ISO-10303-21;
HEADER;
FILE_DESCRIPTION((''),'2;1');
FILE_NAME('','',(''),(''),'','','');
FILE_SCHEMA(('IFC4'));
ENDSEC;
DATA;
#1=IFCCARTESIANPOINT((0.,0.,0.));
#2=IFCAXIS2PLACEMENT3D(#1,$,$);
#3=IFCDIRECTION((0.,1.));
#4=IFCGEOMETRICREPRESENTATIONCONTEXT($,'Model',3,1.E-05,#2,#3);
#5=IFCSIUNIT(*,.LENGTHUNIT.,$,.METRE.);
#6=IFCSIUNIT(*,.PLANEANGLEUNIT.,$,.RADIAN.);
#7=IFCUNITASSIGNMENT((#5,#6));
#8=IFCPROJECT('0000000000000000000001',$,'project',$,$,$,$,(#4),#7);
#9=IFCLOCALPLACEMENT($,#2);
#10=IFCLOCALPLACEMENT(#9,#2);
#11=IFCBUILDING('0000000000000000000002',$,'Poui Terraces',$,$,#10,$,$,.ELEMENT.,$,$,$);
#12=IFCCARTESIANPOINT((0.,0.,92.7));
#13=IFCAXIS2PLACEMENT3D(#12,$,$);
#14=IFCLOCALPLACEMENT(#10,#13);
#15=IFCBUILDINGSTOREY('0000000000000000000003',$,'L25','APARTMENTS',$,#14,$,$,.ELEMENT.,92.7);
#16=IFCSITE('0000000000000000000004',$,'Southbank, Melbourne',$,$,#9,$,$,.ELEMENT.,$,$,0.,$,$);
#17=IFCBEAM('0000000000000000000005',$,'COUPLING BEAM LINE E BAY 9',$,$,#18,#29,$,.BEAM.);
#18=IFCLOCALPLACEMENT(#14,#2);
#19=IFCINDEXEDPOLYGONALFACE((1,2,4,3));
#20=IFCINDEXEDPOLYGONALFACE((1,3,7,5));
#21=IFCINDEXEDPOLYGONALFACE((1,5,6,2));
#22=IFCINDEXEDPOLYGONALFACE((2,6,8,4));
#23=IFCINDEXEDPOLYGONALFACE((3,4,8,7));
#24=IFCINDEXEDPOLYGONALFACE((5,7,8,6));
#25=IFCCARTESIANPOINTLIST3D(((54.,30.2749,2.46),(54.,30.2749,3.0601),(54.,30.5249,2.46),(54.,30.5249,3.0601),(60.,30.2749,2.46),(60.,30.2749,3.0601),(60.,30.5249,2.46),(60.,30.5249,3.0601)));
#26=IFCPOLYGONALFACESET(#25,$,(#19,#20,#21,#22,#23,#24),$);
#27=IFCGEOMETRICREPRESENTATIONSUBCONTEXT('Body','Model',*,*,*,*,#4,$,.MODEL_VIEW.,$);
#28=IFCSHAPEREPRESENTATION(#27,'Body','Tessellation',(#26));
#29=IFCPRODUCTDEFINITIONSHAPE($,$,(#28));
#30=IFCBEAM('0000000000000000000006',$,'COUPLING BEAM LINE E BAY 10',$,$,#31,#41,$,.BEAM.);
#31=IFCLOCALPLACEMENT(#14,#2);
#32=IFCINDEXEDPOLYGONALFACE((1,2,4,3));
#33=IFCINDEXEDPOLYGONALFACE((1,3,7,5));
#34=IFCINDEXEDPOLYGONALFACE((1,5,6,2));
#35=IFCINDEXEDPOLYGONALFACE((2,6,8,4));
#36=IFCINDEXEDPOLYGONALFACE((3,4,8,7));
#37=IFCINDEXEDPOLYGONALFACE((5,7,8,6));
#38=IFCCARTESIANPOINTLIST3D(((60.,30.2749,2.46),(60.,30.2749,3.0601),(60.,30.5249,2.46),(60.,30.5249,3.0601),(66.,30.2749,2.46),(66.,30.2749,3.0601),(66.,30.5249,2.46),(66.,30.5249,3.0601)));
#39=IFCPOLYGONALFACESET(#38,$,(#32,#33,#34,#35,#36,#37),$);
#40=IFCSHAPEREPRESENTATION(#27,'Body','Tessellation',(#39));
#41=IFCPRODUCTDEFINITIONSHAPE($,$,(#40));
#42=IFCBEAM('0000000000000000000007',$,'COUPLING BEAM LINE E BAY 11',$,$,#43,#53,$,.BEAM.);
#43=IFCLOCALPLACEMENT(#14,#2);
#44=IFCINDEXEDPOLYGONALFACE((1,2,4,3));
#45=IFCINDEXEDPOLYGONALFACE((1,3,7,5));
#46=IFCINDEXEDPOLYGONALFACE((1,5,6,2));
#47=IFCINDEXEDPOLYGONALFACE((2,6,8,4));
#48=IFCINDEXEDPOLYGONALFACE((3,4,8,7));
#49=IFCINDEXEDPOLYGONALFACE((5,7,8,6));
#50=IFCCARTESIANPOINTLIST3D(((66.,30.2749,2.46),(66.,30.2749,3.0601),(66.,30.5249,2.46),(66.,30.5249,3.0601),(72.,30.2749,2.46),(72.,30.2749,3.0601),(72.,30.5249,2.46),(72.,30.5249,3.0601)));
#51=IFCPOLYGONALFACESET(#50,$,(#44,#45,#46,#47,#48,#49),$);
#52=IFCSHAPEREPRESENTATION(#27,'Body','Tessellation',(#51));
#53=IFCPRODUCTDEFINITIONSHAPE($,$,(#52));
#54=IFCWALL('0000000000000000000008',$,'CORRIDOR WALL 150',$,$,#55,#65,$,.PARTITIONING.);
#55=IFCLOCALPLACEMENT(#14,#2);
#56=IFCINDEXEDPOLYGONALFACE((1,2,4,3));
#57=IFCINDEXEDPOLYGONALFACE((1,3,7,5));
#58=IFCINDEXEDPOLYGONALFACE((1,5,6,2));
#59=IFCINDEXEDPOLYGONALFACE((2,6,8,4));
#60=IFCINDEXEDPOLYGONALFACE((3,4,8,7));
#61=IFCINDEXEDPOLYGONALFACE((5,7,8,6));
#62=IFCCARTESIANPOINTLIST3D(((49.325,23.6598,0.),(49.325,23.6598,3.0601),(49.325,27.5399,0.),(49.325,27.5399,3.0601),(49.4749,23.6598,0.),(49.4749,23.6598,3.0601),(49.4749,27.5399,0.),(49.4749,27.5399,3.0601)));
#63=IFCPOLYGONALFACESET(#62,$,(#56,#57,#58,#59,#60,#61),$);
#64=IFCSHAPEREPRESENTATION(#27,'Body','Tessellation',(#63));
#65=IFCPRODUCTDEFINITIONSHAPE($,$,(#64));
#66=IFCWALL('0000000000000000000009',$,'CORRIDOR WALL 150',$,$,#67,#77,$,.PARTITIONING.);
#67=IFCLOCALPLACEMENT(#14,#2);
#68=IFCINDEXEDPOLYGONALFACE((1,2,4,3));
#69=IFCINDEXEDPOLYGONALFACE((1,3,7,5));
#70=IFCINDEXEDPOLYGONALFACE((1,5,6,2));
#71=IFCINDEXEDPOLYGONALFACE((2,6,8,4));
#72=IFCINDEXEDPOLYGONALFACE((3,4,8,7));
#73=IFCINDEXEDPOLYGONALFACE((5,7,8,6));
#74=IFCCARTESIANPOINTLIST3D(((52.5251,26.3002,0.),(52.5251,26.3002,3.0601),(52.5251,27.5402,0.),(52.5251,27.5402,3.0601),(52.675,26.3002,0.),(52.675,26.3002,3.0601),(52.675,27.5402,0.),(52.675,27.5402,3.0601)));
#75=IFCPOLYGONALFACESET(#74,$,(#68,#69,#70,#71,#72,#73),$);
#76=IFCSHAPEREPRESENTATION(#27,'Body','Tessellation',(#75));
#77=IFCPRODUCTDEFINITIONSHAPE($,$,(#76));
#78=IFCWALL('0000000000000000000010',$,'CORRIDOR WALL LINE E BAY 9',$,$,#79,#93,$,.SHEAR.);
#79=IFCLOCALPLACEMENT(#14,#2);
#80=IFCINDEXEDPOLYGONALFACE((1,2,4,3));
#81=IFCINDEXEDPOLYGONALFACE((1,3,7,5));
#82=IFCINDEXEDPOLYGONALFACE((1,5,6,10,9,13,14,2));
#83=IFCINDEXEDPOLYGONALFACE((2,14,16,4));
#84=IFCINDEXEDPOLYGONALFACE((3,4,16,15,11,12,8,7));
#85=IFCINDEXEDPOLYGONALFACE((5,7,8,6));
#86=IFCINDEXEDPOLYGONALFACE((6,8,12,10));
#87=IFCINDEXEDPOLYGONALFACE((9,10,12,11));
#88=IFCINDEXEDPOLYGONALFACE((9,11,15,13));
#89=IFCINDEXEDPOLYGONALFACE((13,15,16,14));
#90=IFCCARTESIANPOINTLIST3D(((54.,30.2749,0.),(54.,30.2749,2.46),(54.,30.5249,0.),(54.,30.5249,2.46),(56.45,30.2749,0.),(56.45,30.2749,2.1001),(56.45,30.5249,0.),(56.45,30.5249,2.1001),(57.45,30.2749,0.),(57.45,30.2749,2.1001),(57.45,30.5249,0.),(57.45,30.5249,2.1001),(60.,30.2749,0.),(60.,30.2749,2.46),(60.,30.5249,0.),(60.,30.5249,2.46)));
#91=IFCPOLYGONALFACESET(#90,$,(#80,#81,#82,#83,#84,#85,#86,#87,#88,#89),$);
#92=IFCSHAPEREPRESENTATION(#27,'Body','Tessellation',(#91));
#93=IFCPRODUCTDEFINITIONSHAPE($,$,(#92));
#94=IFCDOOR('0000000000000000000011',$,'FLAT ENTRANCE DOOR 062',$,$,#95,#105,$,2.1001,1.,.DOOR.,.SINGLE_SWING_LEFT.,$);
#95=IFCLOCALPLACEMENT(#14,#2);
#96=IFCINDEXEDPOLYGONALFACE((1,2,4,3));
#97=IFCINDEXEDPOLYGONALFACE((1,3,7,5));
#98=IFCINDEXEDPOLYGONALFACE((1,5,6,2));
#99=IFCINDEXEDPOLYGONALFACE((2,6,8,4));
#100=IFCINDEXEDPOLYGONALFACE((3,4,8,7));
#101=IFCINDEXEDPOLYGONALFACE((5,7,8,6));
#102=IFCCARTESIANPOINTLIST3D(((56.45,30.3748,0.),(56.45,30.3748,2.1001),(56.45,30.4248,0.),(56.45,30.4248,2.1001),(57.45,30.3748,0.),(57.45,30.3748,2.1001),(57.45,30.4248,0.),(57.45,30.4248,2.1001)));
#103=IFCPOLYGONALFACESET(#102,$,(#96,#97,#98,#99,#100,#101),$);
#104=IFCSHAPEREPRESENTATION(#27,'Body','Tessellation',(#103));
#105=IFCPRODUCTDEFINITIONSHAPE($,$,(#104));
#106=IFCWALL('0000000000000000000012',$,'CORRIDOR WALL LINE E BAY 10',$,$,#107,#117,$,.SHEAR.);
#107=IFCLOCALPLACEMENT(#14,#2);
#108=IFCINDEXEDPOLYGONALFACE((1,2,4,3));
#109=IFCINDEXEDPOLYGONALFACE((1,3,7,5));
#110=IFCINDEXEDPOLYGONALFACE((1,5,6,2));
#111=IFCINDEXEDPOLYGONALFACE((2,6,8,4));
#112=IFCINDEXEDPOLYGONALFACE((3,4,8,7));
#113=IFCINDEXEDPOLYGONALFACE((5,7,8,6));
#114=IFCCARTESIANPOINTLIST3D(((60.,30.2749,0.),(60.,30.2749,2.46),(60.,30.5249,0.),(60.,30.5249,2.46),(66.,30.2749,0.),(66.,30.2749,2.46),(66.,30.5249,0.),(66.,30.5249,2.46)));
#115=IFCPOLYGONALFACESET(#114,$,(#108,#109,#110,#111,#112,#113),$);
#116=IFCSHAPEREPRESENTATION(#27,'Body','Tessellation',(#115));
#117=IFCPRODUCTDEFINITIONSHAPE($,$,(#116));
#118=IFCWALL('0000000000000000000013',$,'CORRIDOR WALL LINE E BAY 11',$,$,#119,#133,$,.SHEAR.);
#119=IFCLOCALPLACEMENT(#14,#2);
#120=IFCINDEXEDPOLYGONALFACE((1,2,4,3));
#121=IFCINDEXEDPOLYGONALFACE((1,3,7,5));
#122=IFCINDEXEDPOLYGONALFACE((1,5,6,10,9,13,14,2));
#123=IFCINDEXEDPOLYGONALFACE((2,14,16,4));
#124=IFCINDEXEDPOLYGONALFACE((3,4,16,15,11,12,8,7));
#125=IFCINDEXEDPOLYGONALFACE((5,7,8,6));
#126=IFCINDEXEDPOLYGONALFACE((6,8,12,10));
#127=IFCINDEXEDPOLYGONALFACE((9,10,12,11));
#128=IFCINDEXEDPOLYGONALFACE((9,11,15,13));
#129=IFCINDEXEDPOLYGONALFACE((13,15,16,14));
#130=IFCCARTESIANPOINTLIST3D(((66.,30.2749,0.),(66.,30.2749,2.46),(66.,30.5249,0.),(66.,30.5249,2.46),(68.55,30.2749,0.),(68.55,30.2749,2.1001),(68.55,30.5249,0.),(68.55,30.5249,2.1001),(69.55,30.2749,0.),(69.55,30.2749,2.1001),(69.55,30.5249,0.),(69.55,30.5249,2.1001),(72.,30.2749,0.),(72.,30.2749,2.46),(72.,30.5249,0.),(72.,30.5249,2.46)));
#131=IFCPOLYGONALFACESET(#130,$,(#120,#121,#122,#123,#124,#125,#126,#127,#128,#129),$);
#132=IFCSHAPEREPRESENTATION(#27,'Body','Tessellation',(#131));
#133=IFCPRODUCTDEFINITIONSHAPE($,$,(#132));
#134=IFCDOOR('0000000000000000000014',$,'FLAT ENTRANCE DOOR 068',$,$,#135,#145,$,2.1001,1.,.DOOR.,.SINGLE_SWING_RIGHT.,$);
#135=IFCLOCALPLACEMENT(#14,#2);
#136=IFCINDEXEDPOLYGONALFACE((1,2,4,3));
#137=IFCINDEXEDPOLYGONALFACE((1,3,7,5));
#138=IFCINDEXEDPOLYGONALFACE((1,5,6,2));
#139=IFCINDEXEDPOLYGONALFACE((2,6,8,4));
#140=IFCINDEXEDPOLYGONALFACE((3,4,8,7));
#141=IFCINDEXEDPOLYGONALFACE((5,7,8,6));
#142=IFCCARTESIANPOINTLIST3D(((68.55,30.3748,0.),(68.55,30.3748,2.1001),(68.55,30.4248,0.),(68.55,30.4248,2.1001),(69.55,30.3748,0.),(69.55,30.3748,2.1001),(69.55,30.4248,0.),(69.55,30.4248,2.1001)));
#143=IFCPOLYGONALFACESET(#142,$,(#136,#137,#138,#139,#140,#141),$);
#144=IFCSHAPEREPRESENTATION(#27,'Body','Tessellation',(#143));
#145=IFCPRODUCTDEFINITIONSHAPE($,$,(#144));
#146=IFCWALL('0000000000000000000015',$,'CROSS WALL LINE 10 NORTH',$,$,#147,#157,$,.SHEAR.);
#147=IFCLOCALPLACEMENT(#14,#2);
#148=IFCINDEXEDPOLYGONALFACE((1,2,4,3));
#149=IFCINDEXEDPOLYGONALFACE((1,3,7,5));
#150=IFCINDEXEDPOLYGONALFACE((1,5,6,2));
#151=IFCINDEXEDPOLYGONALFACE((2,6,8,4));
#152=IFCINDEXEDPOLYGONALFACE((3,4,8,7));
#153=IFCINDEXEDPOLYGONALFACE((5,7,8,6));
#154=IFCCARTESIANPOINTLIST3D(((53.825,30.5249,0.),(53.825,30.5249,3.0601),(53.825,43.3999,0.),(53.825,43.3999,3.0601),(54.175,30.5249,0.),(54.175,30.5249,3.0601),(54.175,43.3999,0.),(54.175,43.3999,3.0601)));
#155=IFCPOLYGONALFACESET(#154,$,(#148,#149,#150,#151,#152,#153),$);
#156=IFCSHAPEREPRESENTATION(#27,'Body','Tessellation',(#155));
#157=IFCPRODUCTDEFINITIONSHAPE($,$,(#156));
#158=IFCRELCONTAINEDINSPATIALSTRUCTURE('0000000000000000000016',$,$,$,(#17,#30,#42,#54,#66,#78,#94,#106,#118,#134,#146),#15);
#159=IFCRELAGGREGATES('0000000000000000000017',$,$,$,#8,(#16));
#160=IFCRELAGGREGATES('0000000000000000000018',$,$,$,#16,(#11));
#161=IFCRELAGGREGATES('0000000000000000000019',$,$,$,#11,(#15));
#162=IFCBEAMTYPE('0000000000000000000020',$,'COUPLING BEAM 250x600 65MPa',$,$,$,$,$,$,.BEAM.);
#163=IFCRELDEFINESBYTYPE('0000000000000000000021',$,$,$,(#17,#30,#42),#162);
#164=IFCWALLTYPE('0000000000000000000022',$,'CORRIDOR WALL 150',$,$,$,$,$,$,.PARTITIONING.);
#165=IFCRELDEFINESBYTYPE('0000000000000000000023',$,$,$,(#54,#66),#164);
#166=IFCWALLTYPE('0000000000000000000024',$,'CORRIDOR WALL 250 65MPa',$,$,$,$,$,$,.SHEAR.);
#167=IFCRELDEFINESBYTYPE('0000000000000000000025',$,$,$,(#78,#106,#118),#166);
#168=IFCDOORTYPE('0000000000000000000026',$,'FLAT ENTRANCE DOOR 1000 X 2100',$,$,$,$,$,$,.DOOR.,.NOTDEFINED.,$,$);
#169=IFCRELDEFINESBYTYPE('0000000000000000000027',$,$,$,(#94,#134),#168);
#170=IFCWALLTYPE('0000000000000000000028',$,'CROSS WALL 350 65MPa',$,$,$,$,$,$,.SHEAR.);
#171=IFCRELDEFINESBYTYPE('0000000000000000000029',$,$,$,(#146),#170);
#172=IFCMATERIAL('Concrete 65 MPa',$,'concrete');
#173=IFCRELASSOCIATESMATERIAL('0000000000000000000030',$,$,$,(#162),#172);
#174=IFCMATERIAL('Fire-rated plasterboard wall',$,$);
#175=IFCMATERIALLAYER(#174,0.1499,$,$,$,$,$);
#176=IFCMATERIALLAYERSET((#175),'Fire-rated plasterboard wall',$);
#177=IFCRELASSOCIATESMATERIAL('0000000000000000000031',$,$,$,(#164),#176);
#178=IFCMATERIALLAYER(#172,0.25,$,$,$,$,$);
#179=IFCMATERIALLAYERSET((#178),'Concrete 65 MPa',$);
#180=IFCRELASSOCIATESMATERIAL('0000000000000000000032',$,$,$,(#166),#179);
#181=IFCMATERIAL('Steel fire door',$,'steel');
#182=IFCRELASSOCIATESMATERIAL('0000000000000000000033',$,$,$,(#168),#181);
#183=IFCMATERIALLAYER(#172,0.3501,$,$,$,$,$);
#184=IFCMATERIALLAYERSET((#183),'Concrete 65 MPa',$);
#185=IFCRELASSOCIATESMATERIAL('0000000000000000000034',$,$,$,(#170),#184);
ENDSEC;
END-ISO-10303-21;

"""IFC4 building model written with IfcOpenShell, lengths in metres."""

from ifc_helpers import new_model, si_unit, direction, frame, frame_2d, origin, origin_2d, place, context, subcontext, project, spatial, rectangle, extrude, source, transform, mapped, material, layer, layer_set, material_profile, profile_set, type_object, element, fill, save


model = new_model("IFC4")

# Units and contexts
model_context = context("Model", 3, precision=1e-05, world=origin(), true_north=direction((0.0, 1.0)))
body_context = subcontext(model_context, "Body", "Model", "MODEL_VIEW")
ifc_project = project(units=[si_unit("LENGTHUNIT", "METRE"), si_unit("PLANEANGLEUNIT", "RADIAN")], contexts=[model_context])

# Site, building, storey
site_placement = place(None, origin())
site = spatial("IfcSite", under=ifc_project, at=site_placement, Name="Southbank, Melbourne", CompositionType="ELEMENT", RefElevation=0.0)
building_placement = place(site_placement, origin())
building = spatial("IfcBuilding", under=site, at=building_placement, Name="Poui Terraces", CompositionType="ELEMENT")
storey_placement = place(building_placement, frame((0.0, 0.0, 92.7)))
storey = spatial("IfcBuildingStorey", under=building, at=storey_placement, Name="L25", Description="APARTMENTS", CompositionType="ELEMENT", Elevation=92.7)

# Beams
ifc_material_1 = material(Name="Concrete 65 MPa", Category="concrete")
ifc_material_profile = material_profile(ifc_material_1, rectangle(XDim=0.25, YDim=0.6001, at=origin_2d()), Name="RC 250x600")
ifc_profile_set = profile_set([ifc_material_profile], Name="Concrete 65 MPa")
beam_type = type_object("IfcBeamType", Name="COUPLING BEAM 250x600 65MPa", PredefinedType="BEAM", material=ifc_profile_set)
shared_shape = source(origin(), body_context, "Body", "SweptSolid", [
    extrude(rectangle(XDim=0.25, YDim=0.6001, at=origin_2d()), origin(), (0.0, 0.0, 1.0), 6.0),
])
for number, where, z_axis, x_axis, name in (
    (1, (54.0, 30.3999, 2.76), (1.0, 0.0, 0.0), (0.0, 1.0, 0.0), "COUPLING BEAM LINE E BAY 9"),
    (2, (60.0, 30.3999, 2.76), (1.0, 0.0, 0.0), (0.0, 1.0, 0.0), "COUPLING BEAM LINE E BAY 10"),
    (3, (66.0, 30.3999, 2.76), (1.0, 0.0, 0.0), (0.0, 1.0, 0.0), "COUPLING BEAM LINE E BAY 11"),
):
    element("IfcBeam", number, at=place(storey_placement, frame(where, z_axis=z_axis, x_axis=x_axis)), inside=storey, type_object=beam_type, Name=name, PredefinedType="BEAM", context=body_context, shape_type="MappedRepresentation", body=[
        mapped(shared_shape, transform((0.0, 0.0, 0.0))),
    ])

# Walls
ifc_material_2 = material(Name="Fire-rated plasterboard wall")
ifc_layer_1 = layer(ifc_material_2, 0.1499)
ifc_layer_set_1 = layer_set([ifc_layer_1], Name="Fire-rated plasterboard wall")
wall_type_1 = type_object("IfcWallType", Name="CORRIDOR WALL 150", PredefinedType="PARTITIONING", material=ifc_layer_set_1)
wall_1_placement = place(storey_placement, frame((49.3999, 23.6599, 0.0), z_axis=(0.0, 0.0, 1.0), x_axis=(0.0, 1.0, 0.0)))
element("IfcWall", 4, at=wall_1_placement, inside=storey, type_object=wall_type_1, Name="CORRIDOR WALL 150", PredefinedType="PARTITIONING", context=body_context, shape_type="SweptSolid", body=[
    extrude(rectangle(XDim=3.8801, YDim=0.1499, at=frame_2d((1.9399, 0.0))), origin(), (0.0, 0.0, 1.0), 3.0601),
])
wall_2_placement = place(storey_placement, frame((52.6001, 26.3, 0.0), z_axis=(0.0, 0.0, 1.0), x_axis=(0.0, 1.0, 0.0)))
element("IfcWall", 5, at=wall_2_placement, inside=storey, type_object=wall_type_1, Name="CORRIDOR WALL 150", PredefinedType="PARTITIONING", context=body_context, shape_type="SweptSolid", body=[
    extrude(rectangle(XDim=1.24, YDim=0.1499, at=frame_2d((0.6201, 0.0))), origin(), (0.0, 0.0, 1.0), 3.0601),
])

# Wall, opening, door
ifc_layer_2 = layer(ifc_material_1, 0.25)
ifc_layer_set_2 = layer_set([ifc_layer_2], Name="Concrete 65 MPa")
wall_type_2 = type_object("IfcWallType", Name="CORRIDOR WALL 250 65MPa", PredefinedType="SHEAR", material=ifc_layer_set_2)
wall_3_placement = place(storey_placement, frame((54.0, 30.3999, 0.0), z_axis=(0.0, 0.0, 1.0), x_axis=(1.0, 0.0, 0.0)))
wall_3 = element("IfcWall", 6, at=wall_3_placement, inside=storey, type_object=wall_type_2, Name="CORRIDOR WALL LINE E BAY 9", PredefinedType="SHEAR", context=body_context, shape_type="SweptSolid", body=[
    extrude(rectangle(XDim=6.0, YDim=0.25, at=frame_2d((3.0, 0.0))), origin(), (0.0, 0.0, 1.0), 2.46),
])
opening_1_placement = place(wall_3_placement, frame((2.45, 0.0, 0.0)))
opening_1 = element("IfcOpeningElement", 7, at=opening_1_placement, cuts=wall_3, PredefinedType="OPENING", context=body_context, shape_type="SweptSolid", body=[
    extrude(rectangle(XDim=1.0, YDim=2.1001, at=frame_2d((0.5, 1.05))), frame((0.0, 0.135, 0.0), z_axis=(0.0, -1.0, 0.0), x_axis=(1.0, 0.0, 0.0)), (0.0, 0.0, 1.0), 0.27),
])
ifc_material_3 = material(Name="Steel fire door", Category="steel")
door_type_1 = type_object("IfcDoorType", Name="FLAT ENTRANCE DOOR 1000 X 2100", OperationType="NOTDEFINED", PredefinedType="DOOR", material=ifc_material_3)
door_1_placement = place(opening_1_placement, origin())
door_1 = element("IfcDoor", 8, at=door_1_placement, inside=storey, type_object=door_type_1, Name="FLAT ENTRANCE DOOR 062", OperationType="SINGLE_SWING_LEFT", OverallHeight=2.1001, OverallWidth=1.0, PredefinedType="DOOR", context=body_context, shape_type="SweptSolid", body=[
    extrude(rectangle(XDim=1.0, YDim=2.1001, at=frame_2d((0.5, 1.05))), frame((0.0, 0.0249, 0.0), z_axis=(0.0, -1.0, 0.0), x_axis=(1.0, 0.0, 0.0)), (0.0, 0.0, 1.0), 0.05),
])
fill(opening_1, door_1)

# Wall
wall_4_placement = place(storey_placement, frame((60.0, 30.3999, 0.0), z_axis=(0.0, 0.0, 1.0), x_axis=(1.0, 0.0, 0.0)))
element("IfcWall", 9, at=wall_4_placement, inside=storey, type_object=wall_type_2, Name="CORRIDOR WALL LINE E BAY 10", PredefinedType="SHEAR", context=body_context, shape_type="SweptSolid", body=[
    extrude(rectangle(XDim=6.0, YDim=0.25, at=frame_2d((3.0, 0.0))), origin(), (0.0, 0.0, 1.0), 2.46),
])

# Wall, opening, door
wall_5_placement = place(storey_placement, frame((66.0, 30.3999, 0.0), z_axis=(0.0, 0.0, 1.0), x_axis=(1.0, 0.0, 0.0)))
wall_5 = element("IfcWall", 10, at=wall_5_placement, inside=storey, type_object=wall_type_2, Name="CORRIDOR WALL LINE E BAY 11", PredefinedType="SHEAR", context=body_context, shape_type="SweptSolid", body=[
    extrude(rectangle(XDim=6.0, YDim=0.25, at=frame_2d((3.0, 0.0))), origin(), (0.0, 0.0, 1.0), 2.46),
])
opening_2_placement = place(wall_5_placement, frame((2.55, 0.0, 0.0)))
opening_2 = element("IfcOpeningElement", 11, at=opening_2_placement, cuts=wall_5, PredefinedType="OPENING", context=body_context, shape_type="SweptSolid", body=[
    extrude(rectangle(XDim=1.0, YDim=2.1001, at=frame_2d((0.5, 1.05))), frame((0.0, 0.135, 0.0), z_axis=(0.0, -1.0, 0.0), x_axis=(1.0, 0.0, 0.0)), (0.0, 0.0, 1.0), 0.27),
])
door_2_placement = place(opening_2_placement, origin())
door_2 = element("IfcDoor", 12, at=door_2_placement, inside=storey, type_object=door_type_1, Name="FLAT ENTRANCE DOOR 068", OperationType="SINGLE_SWING_RIGHT", OverallHeight=2.1001, OverallWidth=1.0, PredefinedType="DOOR", context=body_context, shape_type="SweptSolid", body=[
    extrude(rectangle(XDim=1.0, YDim=2.1001, at=frame_2d((0.5, 1.05))), frame((0.0, 0.0249, 0.0), z_axis=(0.0, -1.0, 0.0), x_axis=(1.0, 0.0, 0.0)), (0.0, 0.0, 1.0), 0.05),
])
fill(opening_2, door_2)

# Wall
ifc_layer_3 = layer(ifc_material_1, 0.3501)
ifc_layer_set_3 = layer_set([ifc_layer_3], Name="Concrete 65 MPa")
wall_type_3 = type_object("IfcWallType", Name="CROSS WALL 350 65MPa", PredefinedType="SHEAR", material=ifc_layer_set_3)
wall_6_placement = place(storey_placement, frame((54.0, 30.5249, 0.0), z_axis=(0.0, 0.0, 1.0), x_axis=(0.0, 1.0, 0.0)))
element("IfcWall", 13, at=wall_6_placement, inside=storey, type_object=wall_type_3, Name="CROSS WALL LINE 10 NORTH", PredefinedType="SHEAR", context=body_context, shape_type="SweptSolid", body=[
    extrude(rectangle(XDim=12.875, YDim=0.3501, at=frame_2d((6.4375, 0.0))), origin(), (0.0, 0.0, 1.0), 3.0601),
])

save(model, "model.ifc")
